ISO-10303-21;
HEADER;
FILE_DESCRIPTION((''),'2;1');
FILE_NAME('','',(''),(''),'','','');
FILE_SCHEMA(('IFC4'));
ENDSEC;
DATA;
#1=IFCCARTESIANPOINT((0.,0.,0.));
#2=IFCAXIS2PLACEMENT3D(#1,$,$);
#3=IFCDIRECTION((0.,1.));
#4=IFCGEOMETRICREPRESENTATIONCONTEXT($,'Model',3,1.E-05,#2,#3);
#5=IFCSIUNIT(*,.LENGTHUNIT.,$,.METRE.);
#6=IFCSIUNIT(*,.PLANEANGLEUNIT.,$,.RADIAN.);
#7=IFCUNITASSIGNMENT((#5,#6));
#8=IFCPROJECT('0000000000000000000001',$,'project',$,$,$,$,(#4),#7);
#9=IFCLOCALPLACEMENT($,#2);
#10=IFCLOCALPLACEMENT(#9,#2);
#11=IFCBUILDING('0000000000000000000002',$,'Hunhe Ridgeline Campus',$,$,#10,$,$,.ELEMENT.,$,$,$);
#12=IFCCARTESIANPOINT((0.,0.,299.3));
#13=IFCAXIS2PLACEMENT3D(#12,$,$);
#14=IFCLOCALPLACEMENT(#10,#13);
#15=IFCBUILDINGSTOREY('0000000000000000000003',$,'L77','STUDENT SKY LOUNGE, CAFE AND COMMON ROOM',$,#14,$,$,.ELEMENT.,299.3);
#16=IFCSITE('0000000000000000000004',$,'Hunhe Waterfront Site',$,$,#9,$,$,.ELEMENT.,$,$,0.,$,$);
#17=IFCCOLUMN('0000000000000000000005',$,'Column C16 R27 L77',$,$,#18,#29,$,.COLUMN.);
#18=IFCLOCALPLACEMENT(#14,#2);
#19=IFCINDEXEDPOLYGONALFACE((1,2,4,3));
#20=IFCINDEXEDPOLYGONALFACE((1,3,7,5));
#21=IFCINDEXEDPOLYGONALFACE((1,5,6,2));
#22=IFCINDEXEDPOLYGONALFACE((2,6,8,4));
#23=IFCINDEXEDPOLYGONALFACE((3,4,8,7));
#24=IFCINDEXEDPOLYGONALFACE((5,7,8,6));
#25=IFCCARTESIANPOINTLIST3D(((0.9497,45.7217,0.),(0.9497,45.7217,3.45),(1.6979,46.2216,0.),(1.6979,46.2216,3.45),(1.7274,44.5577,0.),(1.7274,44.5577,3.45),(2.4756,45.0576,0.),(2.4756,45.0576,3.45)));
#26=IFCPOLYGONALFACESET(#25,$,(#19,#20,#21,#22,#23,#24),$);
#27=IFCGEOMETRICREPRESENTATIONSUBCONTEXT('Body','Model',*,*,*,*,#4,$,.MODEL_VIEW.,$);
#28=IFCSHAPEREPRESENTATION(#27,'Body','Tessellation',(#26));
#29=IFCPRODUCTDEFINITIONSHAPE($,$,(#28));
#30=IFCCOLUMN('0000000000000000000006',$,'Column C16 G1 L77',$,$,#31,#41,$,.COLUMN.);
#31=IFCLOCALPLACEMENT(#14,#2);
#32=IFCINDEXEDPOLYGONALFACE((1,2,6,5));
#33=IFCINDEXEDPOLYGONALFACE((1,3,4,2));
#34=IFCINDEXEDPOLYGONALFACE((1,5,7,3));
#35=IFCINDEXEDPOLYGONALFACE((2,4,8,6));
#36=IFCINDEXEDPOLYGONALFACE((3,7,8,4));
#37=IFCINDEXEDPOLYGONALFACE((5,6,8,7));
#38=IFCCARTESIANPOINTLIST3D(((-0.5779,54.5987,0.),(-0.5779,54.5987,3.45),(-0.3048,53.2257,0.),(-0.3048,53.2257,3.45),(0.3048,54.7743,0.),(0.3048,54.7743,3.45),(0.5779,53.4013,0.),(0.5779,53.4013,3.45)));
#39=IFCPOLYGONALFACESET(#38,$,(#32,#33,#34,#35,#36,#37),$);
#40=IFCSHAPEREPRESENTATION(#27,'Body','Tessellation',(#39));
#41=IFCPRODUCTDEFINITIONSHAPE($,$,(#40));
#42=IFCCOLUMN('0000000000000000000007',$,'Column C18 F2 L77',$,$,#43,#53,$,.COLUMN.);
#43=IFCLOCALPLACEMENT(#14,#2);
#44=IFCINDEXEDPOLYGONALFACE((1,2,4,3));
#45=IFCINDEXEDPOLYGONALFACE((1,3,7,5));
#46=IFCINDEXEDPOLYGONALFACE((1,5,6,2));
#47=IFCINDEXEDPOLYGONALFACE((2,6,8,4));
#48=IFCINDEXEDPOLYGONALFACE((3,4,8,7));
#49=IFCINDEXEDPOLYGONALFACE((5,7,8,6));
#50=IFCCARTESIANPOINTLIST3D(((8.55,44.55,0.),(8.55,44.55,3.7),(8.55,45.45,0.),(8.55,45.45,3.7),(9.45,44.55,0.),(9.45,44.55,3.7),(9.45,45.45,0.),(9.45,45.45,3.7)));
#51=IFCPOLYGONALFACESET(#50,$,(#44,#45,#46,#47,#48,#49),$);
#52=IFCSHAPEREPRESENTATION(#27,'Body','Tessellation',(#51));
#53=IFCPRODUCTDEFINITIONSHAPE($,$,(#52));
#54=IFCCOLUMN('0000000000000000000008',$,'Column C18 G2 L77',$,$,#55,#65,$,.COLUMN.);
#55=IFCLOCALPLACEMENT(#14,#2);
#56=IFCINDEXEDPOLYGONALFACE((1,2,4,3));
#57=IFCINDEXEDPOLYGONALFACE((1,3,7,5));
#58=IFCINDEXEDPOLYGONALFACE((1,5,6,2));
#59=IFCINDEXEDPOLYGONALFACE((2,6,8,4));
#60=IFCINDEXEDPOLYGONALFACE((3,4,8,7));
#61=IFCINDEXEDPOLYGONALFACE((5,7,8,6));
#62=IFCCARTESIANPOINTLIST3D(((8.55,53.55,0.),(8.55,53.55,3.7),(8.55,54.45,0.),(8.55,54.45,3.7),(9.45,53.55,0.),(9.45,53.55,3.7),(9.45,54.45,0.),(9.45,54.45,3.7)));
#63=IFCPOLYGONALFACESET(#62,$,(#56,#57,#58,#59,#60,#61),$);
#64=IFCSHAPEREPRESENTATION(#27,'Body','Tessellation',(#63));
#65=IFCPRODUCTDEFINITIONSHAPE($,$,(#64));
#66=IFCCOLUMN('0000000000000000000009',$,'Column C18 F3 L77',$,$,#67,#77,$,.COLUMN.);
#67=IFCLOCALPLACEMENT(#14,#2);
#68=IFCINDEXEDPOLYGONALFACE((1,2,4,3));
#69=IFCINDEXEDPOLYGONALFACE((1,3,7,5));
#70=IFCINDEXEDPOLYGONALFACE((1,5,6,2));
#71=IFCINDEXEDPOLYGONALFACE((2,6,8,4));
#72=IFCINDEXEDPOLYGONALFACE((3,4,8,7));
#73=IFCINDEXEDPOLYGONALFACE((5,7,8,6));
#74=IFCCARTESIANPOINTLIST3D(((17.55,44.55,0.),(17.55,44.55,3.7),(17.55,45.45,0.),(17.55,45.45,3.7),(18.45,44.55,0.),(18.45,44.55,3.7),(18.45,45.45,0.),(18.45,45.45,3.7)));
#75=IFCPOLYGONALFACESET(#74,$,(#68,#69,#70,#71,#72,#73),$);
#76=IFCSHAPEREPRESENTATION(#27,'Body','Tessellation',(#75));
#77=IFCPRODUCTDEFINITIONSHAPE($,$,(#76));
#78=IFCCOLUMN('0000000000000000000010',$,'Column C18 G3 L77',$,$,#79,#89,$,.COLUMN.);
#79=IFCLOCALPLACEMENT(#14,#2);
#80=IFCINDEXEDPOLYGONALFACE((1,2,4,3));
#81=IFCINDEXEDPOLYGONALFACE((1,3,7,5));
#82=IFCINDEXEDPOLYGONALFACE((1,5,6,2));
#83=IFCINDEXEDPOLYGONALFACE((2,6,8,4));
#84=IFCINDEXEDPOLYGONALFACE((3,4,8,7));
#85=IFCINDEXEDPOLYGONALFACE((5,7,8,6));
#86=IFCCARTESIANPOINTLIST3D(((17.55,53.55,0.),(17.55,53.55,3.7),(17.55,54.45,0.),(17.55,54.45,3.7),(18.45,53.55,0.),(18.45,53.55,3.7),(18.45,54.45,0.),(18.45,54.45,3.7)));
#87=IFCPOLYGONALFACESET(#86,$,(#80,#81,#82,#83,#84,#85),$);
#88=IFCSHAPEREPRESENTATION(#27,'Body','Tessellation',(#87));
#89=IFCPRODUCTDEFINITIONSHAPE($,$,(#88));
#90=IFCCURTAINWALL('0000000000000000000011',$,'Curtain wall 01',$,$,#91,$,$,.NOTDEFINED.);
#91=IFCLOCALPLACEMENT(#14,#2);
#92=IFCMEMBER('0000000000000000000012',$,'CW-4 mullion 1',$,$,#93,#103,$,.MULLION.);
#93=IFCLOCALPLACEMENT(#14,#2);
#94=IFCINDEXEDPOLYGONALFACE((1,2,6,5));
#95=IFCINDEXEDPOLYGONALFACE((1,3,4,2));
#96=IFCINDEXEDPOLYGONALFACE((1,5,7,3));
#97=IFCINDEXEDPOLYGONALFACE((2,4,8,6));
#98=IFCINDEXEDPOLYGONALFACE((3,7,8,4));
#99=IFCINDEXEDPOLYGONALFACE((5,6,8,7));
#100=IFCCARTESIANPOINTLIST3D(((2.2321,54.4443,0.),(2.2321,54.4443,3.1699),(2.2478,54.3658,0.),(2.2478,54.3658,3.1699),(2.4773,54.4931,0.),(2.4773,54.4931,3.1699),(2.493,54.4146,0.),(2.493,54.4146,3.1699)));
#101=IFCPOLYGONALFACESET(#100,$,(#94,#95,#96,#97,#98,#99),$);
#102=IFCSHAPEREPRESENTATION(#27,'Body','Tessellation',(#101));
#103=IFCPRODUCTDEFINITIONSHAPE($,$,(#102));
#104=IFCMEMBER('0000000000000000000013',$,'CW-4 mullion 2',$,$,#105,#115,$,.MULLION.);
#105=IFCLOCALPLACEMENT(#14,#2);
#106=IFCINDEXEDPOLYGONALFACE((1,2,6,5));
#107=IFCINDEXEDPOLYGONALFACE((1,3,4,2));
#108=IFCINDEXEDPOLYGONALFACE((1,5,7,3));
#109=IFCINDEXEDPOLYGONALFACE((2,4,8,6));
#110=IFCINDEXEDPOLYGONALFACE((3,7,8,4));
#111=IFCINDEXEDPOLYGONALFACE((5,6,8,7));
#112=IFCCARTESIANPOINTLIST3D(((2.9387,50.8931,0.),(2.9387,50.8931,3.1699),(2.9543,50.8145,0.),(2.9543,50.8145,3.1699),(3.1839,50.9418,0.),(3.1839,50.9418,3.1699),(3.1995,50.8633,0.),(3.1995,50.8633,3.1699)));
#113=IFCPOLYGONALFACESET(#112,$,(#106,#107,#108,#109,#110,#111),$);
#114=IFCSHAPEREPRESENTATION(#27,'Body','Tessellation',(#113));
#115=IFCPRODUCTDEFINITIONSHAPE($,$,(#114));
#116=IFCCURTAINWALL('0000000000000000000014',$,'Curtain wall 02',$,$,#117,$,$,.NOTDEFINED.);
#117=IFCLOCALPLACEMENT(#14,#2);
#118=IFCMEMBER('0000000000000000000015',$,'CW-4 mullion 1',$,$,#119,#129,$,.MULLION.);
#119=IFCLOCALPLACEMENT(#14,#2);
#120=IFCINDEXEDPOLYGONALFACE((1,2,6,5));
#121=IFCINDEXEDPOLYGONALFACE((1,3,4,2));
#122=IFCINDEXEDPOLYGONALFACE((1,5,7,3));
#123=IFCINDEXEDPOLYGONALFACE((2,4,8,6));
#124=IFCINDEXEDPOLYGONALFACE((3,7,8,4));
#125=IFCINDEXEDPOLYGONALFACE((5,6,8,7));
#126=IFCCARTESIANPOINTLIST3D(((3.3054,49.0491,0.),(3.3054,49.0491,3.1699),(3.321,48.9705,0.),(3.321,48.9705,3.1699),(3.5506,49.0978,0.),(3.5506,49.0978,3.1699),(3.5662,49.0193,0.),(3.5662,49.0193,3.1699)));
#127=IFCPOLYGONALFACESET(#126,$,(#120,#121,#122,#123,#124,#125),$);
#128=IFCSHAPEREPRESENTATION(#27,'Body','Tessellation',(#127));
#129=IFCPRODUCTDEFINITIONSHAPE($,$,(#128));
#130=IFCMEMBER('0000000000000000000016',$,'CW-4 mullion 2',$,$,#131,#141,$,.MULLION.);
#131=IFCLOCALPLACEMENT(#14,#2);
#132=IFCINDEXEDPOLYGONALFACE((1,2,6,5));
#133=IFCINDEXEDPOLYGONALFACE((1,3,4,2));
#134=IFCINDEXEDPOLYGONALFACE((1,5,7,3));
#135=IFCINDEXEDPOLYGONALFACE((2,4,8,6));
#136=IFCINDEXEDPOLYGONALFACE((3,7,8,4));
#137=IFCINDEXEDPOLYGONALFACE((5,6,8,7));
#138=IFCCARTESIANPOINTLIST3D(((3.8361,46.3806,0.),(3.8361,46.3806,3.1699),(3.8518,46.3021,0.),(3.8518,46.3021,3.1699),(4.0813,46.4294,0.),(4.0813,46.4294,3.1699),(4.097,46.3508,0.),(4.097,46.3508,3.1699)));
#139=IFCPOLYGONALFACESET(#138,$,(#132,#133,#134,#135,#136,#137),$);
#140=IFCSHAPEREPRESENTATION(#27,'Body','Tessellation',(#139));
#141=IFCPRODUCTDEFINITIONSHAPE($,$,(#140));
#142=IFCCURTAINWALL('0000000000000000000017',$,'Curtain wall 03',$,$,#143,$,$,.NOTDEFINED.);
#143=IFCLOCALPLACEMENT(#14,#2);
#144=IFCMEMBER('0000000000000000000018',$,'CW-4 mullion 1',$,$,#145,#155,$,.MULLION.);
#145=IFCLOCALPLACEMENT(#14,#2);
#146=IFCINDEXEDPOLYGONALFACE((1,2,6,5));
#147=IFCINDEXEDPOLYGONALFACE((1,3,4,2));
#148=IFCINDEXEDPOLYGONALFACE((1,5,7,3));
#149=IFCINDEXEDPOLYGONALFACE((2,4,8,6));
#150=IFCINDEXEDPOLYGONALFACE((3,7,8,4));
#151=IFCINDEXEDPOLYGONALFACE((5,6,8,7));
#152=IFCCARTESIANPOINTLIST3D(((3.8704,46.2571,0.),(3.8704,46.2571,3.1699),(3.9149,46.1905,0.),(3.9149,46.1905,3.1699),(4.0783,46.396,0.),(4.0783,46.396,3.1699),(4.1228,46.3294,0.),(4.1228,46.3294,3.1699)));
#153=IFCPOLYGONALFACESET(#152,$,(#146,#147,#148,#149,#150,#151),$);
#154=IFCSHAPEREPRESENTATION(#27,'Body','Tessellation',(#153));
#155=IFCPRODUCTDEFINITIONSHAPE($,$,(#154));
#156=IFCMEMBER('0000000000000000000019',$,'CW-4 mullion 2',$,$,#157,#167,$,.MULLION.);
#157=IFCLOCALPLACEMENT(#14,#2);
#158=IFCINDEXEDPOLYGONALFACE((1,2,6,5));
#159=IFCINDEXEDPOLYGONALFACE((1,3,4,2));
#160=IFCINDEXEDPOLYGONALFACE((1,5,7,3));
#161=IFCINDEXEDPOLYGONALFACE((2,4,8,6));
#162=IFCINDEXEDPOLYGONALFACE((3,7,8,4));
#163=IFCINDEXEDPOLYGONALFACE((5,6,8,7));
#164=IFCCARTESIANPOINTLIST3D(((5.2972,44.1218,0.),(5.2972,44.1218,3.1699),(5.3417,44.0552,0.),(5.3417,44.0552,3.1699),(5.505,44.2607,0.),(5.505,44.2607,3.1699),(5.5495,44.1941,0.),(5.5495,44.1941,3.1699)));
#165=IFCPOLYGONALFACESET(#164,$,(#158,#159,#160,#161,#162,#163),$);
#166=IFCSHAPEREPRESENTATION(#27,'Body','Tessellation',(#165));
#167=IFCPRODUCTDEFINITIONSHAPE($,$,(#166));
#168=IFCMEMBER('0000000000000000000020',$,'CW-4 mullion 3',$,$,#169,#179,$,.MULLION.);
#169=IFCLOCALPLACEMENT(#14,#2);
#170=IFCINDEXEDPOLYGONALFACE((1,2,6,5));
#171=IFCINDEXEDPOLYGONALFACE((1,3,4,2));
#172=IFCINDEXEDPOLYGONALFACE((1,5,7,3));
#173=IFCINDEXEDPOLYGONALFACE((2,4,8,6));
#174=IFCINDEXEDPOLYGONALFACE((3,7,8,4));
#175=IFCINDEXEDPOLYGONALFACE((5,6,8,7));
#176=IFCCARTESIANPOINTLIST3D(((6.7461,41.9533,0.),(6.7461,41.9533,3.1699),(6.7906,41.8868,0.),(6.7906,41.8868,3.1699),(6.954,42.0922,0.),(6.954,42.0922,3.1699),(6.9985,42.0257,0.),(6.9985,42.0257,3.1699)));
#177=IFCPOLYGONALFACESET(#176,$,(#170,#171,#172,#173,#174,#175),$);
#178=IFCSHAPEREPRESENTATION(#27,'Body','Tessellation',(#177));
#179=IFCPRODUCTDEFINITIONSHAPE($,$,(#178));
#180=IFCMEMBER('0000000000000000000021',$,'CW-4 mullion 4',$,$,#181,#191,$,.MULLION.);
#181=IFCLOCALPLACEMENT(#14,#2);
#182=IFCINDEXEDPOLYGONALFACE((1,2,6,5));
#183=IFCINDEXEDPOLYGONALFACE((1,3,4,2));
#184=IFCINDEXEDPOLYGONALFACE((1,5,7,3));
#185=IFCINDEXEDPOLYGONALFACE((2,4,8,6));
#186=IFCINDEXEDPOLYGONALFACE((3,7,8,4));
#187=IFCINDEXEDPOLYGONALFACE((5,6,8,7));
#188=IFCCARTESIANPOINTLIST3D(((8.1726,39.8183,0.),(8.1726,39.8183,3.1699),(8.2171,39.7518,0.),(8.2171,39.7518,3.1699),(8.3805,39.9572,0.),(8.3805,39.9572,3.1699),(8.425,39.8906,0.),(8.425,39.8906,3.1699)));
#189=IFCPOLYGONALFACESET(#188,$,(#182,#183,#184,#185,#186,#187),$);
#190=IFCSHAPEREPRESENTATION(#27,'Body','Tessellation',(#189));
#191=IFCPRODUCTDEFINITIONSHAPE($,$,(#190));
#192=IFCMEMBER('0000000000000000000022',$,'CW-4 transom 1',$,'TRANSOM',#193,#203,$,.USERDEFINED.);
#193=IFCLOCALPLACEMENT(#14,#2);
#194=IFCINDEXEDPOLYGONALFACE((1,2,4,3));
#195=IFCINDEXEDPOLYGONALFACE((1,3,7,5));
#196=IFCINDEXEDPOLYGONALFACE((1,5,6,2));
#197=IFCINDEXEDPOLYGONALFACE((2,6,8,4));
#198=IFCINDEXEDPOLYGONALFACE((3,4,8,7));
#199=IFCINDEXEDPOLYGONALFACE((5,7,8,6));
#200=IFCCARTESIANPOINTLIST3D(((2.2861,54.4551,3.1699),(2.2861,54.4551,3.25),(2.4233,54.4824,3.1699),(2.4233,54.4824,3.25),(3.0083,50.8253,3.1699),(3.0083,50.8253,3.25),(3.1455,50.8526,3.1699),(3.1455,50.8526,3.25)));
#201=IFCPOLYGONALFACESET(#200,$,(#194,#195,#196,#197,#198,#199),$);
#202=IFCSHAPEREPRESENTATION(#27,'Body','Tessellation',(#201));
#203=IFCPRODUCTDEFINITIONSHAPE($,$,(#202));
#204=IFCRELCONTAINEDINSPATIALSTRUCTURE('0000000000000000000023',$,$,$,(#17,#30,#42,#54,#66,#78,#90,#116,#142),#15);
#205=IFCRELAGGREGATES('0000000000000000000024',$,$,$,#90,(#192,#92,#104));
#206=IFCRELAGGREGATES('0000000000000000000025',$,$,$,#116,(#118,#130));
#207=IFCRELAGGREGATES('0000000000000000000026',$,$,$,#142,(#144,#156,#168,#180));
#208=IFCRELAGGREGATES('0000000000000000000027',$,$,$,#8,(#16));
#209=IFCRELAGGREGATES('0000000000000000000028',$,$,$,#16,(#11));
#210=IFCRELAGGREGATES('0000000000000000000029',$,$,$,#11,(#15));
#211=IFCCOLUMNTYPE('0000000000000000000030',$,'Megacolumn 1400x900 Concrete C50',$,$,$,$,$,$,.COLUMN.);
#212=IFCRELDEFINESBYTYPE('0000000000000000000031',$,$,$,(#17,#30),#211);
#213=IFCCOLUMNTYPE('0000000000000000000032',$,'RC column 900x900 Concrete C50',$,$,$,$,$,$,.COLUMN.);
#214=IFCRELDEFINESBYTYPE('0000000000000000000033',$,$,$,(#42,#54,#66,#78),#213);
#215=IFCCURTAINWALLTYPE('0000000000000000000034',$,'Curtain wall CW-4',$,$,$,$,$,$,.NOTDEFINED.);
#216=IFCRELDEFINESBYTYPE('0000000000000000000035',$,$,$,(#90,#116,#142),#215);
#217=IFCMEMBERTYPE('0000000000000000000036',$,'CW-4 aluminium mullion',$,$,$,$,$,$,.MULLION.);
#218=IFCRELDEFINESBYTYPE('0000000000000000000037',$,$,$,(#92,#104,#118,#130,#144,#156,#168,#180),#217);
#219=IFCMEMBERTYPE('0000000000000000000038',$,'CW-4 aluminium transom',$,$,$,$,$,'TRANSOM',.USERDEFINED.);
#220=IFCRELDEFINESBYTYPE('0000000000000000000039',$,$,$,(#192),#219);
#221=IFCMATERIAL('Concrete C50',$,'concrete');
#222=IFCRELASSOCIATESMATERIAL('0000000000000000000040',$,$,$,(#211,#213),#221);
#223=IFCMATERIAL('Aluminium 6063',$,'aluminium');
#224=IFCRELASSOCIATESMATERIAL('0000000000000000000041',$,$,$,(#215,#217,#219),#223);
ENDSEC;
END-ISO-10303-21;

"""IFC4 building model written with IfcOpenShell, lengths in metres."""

from ifc_helpers import new_model, si_unit, direction, frame, origin, origin_2d, place, context, subcontext, project, spatial, rectangle, extrude, material, material_profile, profile_set, type_object, element, aggregate, save


model = new_model("IFC4")

# Units and contexts
model_context = context("Model", 3, precision=1e-05, world=origin(), true_north=direction((0.0, 1.0)))
body_context = subcontext(model_context, "Body", "Model", "MODEL_VIEW")
ifc_project = project(units=[si_unit("LENGTHUNIT", "METRE"), si_unit("PLANEANGLEUNIT", "RADIAN")], contexts=[model_context])

# Site, building, storey
site_placement = place(None, origin())
site = spatial("IfcSite", under=ifc_project, at=site_placement, Name="Hunhe Waterfront Site", CompositionType="ELEMENT", RefElevation=0.0)
building_placement = place(site_placement, origin())
building = spatial("IfcBuilding", under=site, at=building_placement, Name="Hunhe Ridgeline Campus", CompositionType="ELEMENT")
storey_placement = place(building_placement, frame((0.0, 0.0, 299.3)))
storey = spatial("IfcBuildingStorey", under=building, at=storey_placement, Name="L77", Description="STUDENT SKY LOUNGE, CAFE AND COMMON ROOM", CompositionType="ELEMENT", Elevation=299.3)

# Columns
ifc_material_1 = material(Name="Concrete C50", Category="concrete")
ifc_material_profile_1 = material_profile(ifc_material_1, rectangle(XDim=1.3999, YDim=0.8999, at=origin_2d()))
ifc_profile_set_1 = profile_set([ifc_material_profile_1], Name="Concrete C50")
column_type_1 = type_object("IfcColumnType", Name="Megacolumn 1400x900 Concrete C50", PredefinedType="COLUMN", material=ifc_profile_set_1)
for number, where, z_axis, x_axis, name in (
    (1, (1.7126, 45.3896, 0.0), (0.0, 0.0, 1.0), (-0.55557, 0.83147, 0.0), "Column C16 R27 L77"),
    (2, (0.0, 54.0, 0.0), (0.0, 0.0, 1.0), (-0.19509, 0.980785, 0.0), "Column C16 G1 L77"),
):
    element("IfcColumn", number, at=place(storey_placement, frame(where, z_axis=z_axis, x_axis=x_axis)), inside=storey, type_object=column_type_1, Name=name, PredefinedType="COLUMN", context=body_context, shape_type="SweptSolid", body=[
        extrude(rectangle(XDim=1.3999, YDim=0.8999, at=origin_2d()), origin(), (0.0, 0.0, 1.0), 3.45),
    ])
ifc_material_profile_2 = material_profile(ifc_material_1, rectangle(XDim=0.8999, YDim=0.8999, at=origin_2d()))
ifc_profile_set_2 = profile_set([ifc_material_profile_2], Name="Concrete C50")
column_type_2 = type_object("IfcColumnType", Name="RC column 900x900 Concrete C50", PredefinedType="COLUMN", material=ifc_profile_set_2)
for number, where, z_axis, x_axis, name in (
    (3, (9.0, 45.0, 0.0), (0.0, 0.0, 1.0), (1.0, 0.0, 0.0), "Column C18 F2 L77"),
    (4, (9.0, 54.0, 0.0), (0.0, 0.0, 1.0), (1.0, 0.0, 0.0), "Column C18 G2 L77"),
    (5, (18.0, 45.0, 0.0), (0.0, 0.0, 1.0), (1.0, 0.0, 0.0), "Column C18 F3 L77"),
    (6, (18.0, 54.0, 0.0), (0.0, 0.0, 1.0), (1.0, 0.0, 0.0), "Column C18 G3 L77"),
):
    element("IfcColumn", number, at=place(storey_placement, frame(where, z_axis=z_axis, x_axis=x_axis)), inside=storey, type_object=column_type_2, Name=name, PredefinedType="COLUMN", context=body_context, shape_type="SweptSolid", body=[
        extrude(rectangle(XDim=0.8999, YDim=0.8999, at=origin_2d()), origin(), (0.0, 0.0, 1.0), 3.7),
    ])

# Curtain walls, members
ifc_material_2 = material(Name="Aluminium 6063", Category="aluminium")
curtain_wall_type = type_object("IfcCurtainWallType", Name="Curtain wall CW-4", PredefinedType="NOTDEFINED", material=ifc_material_2)
curtain_wall_1_placement = place(storey_placement, origin())
curtain_wall_1 = element("IfcCurtainWall", 7, at=curtain_wall_1_placement, inside=storey, type_object=curtain_wall_type, Name="Curtain wall 01", PredefinedType="NOTDEFINED")
ifc_material_profile_3 = material_profile(ifc_material_2, rectangle(XDim=0.25, YDim=0.0801, at=origin_2d()))
ifc_profile_set_3 = profile_set([ifc_material_profile_3], Name="Aluminium 6063")
member_type_1 = type_object("IfcMemberType", Name="CW-4 aluminium mullion", PredefinedType="MULLION", material=ifc_profile_set_3)
member_1_placement = place(storey_placement, frame((2.3625, 54.4294, 0.0), z_axis=(0.0, 0.0, 1.0), x_axis=(0.980784, 0.195095, 0.0)))
member_1 = element("IfcMember", 8, at=member_1_placement, type_object=member_type_1, Name="CW-4 mullion 1", PredefinedType="MULLION", context=body_context, shape_type="SweptSolid", body=[
    extrude(rectangle(XDim=0.25, YDim=0.0801, at=origin_2d()), origin(), (0.0, 0.0, 1.0), 3.1699),
])
member_2_placement = place(storey_placement, frame((3.0691, 50.8782, 0.0), z_axis=(0.0, 0.0, 1.0), x_axis=(0.980784, 0.195095, 0.0)))
member_2 = element("IfcMember", 9, at=member_2_placement, type_object=member_type_1, Name="CW-4 mullion 2", PredefinedType="MULLION", context=body_context, shape_type="SweptSolid", body=[
    extrude(rectangle(XDim=0.25, YDim=0.0801, at=origin_2d()), origin(), (0.0, 0.0, 1.0), 3.1699),
])
curtain_wall_2_placement = place(storey_placement, origin())
curtain_wall_2 = element("IfcCurtainWall", 10, at=curtain_wall_2_placement, inside=storey, type_object=curtain_wall_type, Name="Curtain wall 02", PredefinedType="NOTDEFINED")
member_3_placement = place(storey_placement, frame((3.4358, 49.0342, 0.0), z_axis=(0.0, 0.0, 1.0), x_axis=(0.980784, 0.195095, 0.0)))
member_3 = element("IfcMember", 11, at=member_3_placement, type_object=member_type_1, Name="CW-4 mullion 1", PredefinedType="MULLION", context=body_context, shape_type="SweptSolid", body=[
    extrude(rectangle(XDim=0.25, YDim=0.0801, at=origin_2d()), origin(), (0.0, 0.0, 1.0), 3.1699),
])
member_4_placement = place(storey_placement, frame((3.9666, 46.3657, 0.0), z_axis=(0.0, 0.0, 1.0), x_axis=(0.980784, 0.195095, 0.0)))
member_4 = element("IfcMember", 12, at=member_4_placement, type_object=member_type_1, Name="CW-4 mullion 2", PredefinedType="MULLION", context=body_context, shape_type="SweptSolid", body=[
    extrude(rectangle(XDim=0.25, YDim=0.0801, at=origin_2d()), origin(), (0.0, 0.0, 1.0), 3.1699),
])
curtain_wall_3_placement = place(storey_placement, origin())
curtain_wall_3 = element("IfcCurtainWall", 13, at=curtain_wall_3_placement, inside=storey, type_object=curtain_wall_type, Name="Curtain wall 03", PredefinedType="NOTDEFINED")
member_5_placement = place(storey_placement, frame((3.9966, 46.2932, 0.0), z_axis=(0.0, 0.0, 1.0), x_axis=(0.83147, 0.55557, 0.0)))
member_5 = element("IfcMember", 14, at=member_5_placement, type_object=member_type_1, Name="CW-4 mullion 1", PredefinedType="MULLION", context=body_context, shape_type="SweptSolid", body=[
    extrude(rectangle(XDim=0.25, YDim=0.0801, at=origin_2d()), origin(), (0.0, 0.0, 1.0), 3.1699),
])
member_6_placement = place(storey_placement, frame((5.4233, 44.158, 0.0), z_axis=(0.0, 0.0, 1.0), x_axis=(0.83147, 0.55557, 0.0)))
member_6 = element("IfcMember", 15, at=member_6_placement, type_object=member_type_1, Name="CW-4 mullion 2", PredefinedType="MULLION", context=body_context, shape_type="SweptSolid", body=[
    extrude(rectangle(XDim=0.25, YDim=0.0801, at=origin_2d()), origin(), (0.0, 0.0, 1.0), 3.1699),
])
member_7_placement = place(storey_placement, frame((6.8723, 41.9895, 0.0), z_axis=(0.0, 0.0, 1.0), x_axis=(0.83147, 0.55557, 0.0)))
member_7 = element("IfcMember", 16, at=member_7_placement, type_object=member_type_1, Name="CW-4 mullion 3", PredefinedType="MULLION", context=body_context, shape_type="SweptSolid", body=[
    extrude(rectangle(XDim=0.25, YDim=0.0801, at=origin_2d()), origin(), (0.0, 0.0, 1.0), 3.1699),
])
member_8_placement = place(storey_placement, frame((8.2988, 39.8545, 0.0), z_axis=(0.0, 0.0, 1.0), x_axis=(0.83147, 0.55557, 0.0)))
member_8 = element("IfcMember", 17, at=member_8_placement, type_object=member_type_1, Name="CW-4 mullion 4", PredefinedType="MULLION", context=body_context, shape_type="SweptSolid", body=[
    extrude(rectangle(XDim=0.25, YDim=0.0801, at=origin_2d()), origin(), (0.0, 0.0, 1.0), 3.1699),
])

# Member
ifc_material_profile_4 = material_profile(ifc_material_2, rectangle(XDim=0.1399, YDim=0.0801, at=origin_2d()))
ifc_profile_set_4 = profile_set([ifc_material_profile_4], Name="Aluminium 6063")
member_type_2 = type_object("IfcMemberType", Name="CW-4 aluminium transom", ElementType="TRANSOM", PredefinedType="USERDEFINED", material=ifc_profile_set_4)
member_9_placement = place(storey_placement, frame((2.3547, 54.4688, 3.21), z_axis=(0.195127, -0.980778, 0.0), x_axis=(0.980778, 0.195127, 0.0)))
member_9 = element("IfcMember", 18, at=member_9_placement, type_object=member_type_2, Name="CW-4 transom 1", ObjectType="TRANSOM", PredefinedType="USERDEFINED", context=body_context, shape_type="SweptSolid", body=[
    extrude(rectangle(XDim=0.1399, YDim=0.0801, at=origin_2d()), origin(), (0.0, 0.0, 1.0), 3.7009),
])

aggregate(curtain_wall_1, [member_9, member_1, member_2])
aggregate(curtain_wall_2, [member_3, member_4])
aggregate(curtain_wall_3, [member_5, member_6, member_7, member_8])

save(model, "model.ifc")
